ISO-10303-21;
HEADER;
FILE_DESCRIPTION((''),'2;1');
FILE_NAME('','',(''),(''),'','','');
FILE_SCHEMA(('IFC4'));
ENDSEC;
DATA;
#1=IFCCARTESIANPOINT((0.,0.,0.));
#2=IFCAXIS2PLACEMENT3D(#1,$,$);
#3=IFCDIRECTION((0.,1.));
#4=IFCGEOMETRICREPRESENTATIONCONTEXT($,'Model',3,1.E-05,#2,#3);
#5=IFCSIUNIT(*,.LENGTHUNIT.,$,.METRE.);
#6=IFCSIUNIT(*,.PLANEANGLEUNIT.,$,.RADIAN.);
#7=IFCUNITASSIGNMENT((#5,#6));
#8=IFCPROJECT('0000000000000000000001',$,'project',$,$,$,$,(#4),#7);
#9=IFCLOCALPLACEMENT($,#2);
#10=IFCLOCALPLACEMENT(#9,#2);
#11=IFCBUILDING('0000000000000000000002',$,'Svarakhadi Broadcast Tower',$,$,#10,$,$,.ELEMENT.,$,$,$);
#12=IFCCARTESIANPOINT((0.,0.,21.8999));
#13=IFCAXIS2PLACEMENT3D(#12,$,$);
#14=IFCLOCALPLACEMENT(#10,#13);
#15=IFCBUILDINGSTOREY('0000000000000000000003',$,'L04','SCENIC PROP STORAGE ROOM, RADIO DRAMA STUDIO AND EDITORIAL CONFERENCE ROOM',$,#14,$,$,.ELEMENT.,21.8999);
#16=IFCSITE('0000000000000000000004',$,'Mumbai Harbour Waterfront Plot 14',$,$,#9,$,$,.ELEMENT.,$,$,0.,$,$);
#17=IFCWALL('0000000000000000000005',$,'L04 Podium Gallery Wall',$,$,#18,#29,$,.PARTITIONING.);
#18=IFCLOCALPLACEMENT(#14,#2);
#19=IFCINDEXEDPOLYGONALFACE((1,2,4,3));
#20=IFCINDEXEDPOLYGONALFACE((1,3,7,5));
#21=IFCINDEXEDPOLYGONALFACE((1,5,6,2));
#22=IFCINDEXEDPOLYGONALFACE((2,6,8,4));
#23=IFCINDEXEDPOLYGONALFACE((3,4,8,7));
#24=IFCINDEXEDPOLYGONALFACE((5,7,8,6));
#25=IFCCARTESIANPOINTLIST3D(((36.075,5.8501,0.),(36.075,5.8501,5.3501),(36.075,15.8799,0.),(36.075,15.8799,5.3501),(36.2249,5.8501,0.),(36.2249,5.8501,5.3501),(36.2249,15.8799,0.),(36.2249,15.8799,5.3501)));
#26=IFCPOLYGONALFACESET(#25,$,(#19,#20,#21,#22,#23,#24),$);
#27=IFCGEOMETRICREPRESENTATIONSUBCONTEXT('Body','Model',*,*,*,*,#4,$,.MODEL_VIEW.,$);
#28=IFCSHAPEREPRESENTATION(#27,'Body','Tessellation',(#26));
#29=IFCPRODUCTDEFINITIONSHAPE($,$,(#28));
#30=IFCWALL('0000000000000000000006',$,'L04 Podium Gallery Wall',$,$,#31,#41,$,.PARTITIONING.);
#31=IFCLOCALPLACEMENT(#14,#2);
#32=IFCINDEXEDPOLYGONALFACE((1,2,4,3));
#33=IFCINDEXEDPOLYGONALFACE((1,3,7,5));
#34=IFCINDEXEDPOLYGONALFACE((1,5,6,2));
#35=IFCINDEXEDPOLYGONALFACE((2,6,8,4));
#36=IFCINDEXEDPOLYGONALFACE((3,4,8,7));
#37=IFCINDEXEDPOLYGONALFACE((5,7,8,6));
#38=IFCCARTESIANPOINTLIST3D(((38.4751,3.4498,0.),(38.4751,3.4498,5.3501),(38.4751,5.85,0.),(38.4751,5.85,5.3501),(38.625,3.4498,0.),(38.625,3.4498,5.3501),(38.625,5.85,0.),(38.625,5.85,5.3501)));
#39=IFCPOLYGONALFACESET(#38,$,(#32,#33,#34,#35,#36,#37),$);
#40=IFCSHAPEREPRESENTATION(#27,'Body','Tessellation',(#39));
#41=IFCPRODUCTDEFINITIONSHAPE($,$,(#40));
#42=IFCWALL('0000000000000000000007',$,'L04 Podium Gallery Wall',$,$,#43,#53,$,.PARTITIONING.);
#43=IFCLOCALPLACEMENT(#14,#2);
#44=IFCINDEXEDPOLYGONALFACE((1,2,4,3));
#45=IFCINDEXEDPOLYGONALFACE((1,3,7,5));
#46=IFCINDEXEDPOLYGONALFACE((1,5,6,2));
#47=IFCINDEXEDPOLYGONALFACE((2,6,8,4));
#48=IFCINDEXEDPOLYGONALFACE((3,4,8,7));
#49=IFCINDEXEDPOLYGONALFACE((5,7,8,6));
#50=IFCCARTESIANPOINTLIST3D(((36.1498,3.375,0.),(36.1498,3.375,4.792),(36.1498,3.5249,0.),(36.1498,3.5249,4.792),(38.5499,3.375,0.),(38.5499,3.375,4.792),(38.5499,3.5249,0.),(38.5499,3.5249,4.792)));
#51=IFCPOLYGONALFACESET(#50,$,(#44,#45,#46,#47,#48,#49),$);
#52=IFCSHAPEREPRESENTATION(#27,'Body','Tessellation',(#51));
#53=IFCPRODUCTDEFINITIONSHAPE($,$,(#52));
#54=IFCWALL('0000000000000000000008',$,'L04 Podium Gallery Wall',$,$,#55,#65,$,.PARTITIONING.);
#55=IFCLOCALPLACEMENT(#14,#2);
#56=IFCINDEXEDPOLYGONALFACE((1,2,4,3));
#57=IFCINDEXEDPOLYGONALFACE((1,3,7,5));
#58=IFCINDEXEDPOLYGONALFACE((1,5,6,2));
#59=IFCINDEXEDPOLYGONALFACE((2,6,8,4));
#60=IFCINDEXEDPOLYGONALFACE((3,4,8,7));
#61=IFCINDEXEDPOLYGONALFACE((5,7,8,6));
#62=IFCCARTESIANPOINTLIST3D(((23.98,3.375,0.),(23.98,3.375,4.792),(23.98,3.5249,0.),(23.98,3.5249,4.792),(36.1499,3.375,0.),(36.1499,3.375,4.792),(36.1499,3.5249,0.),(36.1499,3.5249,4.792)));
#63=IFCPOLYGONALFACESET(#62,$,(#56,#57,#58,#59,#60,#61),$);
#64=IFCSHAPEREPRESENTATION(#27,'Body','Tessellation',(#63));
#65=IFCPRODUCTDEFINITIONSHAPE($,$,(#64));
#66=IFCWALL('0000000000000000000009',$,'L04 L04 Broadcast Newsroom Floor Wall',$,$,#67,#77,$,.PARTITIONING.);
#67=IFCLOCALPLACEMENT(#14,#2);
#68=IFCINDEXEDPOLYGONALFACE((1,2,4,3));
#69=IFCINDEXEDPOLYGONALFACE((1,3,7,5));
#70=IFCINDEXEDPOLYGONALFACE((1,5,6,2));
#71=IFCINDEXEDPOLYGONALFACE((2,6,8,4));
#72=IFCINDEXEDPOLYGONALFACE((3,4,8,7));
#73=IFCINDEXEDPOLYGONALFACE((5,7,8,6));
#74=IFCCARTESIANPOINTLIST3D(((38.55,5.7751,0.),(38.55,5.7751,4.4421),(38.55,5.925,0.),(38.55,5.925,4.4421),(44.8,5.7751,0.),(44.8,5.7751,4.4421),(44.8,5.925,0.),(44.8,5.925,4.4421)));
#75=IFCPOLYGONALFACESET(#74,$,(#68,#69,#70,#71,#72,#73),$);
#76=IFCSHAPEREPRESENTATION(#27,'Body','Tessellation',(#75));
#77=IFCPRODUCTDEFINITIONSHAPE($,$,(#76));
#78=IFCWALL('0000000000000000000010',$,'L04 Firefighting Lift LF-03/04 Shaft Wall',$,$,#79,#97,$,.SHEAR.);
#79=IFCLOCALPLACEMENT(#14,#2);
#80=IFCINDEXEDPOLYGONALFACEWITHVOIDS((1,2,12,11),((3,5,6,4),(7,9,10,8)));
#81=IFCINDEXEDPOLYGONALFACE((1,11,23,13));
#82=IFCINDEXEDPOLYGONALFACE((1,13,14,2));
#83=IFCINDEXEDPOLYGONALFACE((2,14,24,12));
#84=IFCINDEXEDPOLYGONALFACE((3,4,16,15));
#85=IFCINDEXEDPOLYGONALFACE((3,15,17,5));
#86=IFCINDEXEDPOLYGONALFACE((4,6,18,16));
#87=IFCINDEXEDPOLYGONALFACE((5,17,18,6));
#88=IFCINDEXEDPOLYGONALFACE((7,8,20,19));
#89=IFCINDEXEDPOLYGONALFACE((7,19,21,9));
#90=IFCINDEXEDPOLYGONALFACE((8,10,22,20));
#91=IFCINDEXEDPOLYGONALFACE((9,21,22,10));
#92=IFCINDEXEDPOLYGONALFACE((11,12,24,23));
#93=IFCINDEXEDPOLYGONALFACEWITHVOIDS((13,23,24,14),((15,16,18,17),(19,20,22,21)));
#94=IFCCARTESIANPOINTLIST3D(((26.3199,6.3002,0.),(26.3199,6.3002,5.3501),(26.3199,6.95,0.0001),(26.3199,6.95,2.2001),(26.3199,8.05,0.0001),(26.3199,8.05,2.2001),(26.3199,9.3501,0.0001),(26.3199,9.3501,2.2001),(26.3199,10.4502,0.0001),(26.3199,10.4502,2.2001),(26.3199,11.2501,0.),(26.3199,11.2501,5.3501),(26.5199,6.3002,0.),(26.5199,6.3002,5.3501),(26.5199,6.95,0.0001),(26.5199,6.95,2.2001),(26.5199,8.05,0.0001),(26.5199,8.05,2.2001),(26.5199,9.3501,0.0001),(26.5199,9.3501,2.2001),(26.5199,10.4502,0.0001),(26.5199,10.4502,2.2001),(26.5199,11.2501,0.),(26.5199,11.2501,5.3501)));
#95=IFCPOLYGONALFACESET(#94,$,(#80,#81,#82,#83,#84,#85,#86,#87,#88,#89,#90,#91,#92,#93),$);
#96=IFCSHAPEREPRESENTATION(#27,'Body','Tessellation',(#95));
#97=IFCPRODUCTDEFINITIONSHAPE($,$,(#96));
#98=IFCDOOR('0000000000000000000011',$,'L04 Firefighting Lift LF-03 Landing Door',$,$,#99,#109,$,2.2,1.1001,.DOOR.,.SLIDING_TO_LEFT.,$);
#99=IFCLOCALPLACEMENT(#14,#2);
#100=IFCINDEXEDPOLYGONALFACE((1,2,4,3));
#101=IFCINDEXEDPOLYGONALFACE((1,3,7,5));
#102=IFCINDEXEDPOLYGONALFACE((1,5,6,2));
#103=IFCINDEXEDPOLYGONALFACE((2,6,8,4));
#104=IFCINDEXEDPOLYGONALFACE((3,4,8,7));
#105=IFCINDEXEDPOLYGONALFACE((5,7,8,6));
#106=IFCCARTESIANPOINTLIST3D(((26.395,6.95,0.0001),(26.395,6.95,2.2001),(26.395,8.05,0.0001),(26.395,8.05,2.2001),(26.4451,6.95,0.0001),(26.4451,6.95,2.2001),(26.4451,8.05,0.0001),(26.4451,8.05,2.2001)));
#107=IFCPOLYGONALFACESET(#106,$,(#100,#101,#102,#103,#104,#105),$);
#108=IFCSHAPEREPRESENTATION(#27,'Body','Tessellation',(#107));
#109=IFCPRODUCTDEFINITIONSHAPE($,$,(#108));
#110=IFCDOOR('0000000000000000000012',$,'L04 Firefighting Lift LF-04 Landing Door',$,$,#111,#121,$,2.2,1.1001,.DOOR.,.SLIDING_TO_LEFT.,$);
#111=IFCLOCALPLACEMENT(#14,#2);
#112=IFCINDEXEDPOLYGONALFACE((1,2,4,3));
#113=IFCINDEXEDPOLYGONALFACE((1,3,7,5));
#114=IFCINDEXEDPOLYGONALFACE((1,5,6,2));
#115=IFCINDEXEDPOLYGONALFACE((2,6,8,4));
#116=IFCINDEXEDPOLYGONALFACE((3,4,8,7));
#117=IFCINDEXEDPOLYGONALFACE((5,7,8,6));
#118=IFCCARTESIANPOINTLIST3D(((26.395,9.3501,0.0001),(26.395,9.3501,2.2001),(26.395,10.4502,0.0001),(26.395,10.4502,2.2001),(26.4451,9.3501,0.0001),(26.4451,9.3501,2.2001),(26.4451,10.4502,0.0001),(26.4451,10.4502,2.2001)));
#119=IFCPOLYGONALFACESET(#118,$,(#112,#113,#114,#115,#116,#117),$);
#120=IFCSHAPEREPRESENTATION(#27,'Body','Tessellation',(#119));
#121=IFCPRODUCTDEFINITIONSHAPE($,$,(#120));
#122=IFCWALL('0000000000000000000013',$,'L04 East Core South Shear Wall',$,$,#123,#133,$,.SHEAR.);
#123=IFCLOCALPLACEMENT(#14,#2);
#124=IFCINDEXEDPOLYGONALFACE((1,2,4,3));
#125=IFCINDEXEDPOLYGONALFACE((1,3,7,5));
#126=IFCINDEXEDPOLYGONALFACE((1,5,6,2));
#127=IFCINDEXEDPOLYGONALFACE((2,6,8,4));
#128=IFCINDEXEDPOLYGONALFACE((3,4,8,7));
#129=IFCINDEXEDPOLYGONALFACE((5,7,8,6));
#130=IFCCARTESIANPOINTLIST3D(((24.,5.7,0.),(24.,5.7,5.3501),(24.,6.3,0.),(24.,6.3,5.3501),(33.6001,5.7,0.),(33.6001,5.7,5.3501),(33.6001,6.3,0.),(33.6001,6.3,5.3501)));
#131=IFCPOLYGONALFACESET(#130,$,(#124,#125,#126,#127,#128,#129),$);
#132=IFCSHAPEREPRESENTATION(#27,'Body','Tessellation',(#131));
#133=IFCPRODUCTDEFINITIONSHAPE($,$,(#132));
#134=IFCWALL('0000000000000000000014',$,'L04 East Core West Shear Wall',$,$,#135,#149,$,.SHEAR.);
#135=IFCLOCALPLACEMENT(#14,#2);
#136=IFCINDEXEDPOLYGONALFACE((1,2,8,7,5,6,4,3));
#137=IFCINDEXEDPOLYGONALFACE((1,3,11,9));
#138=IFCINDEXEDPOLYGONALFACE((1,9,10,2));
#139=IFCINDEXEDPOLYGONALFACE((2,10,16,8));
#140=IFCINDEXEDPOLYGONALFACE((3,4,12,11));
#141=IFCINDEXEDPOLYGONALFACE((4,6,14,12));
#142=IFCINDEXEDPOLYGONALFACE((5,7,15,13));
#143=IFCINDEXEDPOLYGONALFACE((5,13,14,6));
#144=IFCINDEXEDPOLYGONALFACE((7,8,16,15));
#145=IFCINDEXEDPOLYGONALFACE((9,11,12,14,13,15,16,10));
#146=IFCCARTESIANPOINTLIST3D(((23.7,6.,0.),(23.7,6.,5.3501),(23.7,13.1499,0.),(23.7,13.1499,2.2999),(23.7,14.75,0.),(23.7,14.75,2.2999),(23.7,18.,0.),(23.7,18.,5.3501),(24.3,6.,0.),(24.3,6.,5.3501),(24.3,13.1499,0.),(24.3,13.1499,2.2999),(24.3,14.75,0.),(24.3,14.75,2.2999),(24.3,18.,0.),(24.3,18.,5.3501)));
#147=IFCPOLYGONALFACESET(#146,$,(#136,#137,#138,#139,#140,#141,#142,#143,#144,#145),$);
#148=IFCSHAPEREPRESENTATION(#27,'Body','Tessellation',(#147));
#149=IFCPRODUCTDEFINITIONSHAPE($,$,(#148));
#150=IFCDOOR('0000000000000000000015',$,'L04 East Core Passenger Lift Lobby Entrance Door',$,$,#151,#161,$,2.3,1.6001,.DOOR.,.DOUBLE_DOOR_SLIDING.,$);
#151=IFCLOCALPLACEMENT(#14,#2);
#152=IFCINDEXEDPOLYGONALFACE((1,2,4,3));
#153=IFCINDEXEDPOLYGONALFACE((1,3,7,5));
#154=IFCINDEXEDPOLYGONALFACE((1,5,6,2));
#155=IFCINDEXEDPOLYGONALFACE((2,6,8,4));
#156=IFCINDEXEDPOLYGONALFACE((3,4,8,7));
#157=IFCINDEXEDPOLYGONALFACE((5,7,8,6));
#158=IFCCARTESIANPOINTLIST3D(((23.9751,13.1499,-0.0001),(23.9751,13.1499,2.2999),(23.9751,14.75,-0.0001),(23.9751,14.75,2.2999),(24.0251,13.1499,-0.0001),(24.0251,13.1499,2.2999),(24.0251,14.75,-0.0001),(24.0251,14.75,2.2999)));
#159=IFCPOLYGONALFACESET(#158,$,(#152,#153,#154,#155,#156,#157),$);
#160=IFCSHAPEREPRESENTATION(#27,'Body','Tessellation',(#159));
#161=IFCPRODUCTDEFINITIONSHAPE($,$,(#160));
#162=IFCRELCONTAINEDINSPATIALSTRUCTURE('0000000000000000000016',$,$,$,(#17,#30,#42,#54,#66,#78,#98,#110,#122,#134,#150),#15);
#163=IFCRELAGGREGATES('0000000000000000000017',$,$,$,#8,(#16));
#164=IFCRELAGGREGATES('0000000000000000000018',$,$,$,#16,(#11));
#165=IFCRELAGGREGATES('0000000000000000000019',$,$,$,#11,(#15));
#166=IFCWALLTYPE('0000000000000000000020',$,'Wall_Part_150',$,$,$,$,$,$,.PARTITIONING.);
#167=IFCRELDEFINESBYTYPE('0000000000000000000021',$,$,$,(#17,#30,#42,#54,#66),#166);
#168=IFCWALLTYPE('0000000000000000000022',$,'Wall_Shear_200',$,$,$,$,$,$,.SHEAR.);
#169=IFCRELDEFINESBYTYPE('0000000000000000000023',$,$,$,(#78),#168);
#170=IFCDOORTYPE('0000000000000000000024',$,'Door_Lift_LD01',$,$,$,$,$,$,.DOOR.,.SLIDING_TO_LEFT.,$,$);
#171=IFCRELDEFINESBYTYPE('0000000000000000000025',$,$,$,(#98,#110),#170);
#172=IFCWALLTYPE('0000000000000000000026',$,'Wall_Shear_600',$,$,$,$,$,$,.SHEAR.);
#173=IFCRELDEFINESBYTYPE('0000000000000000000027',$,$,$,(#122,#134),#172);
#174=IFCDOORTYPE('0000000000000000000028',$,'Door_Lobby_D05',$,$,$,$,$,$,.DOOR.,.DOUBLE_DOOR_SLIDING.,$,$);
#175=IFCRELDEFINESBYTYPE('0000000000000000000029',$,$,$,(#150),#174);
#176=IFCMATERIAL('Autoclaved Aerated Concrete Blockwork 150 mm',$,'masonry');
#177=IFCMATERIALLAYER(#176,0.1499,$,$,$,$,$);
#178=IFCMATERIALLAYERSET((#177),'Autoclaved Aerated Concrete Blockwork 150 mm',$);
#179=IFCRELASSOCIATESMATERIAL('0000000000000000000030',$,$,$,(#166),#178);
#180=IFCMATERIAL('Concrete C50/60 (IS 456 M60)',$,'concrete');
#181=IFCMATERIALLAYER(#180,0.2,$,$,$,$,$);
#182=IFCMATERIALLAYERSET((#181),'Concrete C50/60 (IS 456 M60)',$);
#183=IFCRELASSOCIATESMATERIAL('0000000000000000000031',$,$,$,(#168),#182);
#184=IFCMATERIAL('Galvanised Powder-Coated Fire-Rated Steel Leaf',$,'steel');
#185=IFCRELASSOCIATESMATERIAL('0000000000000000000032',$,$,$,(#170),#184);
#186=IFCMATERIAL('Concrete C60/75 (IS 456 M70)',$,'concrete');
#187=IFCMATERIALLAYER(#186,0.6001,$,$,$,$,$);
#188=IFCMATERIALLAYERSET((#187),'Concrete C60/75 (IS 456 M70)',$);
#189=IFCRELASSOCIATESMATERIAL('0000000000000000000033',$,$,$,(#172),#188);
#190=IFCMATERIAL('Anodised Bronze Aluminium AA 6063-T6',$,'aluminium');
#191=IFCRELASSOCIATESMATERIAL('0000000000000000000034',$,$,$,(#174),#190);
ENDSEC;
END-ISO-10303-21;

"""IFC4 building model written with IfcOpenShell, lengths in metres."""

from ifc_helpers import new_model, si_unit, direction, frame, frame_2d, origin, place, context, subcontext, project, spatial, rectangle, extrude, material, layer, layer_set, type_object, element, fill, save


model = new_model("IFC4")

# Units and contexts
model_context = context("Model", 3, precision=1e-05, world=origin(), true_north=direction((0.0, 1.0)))
body_context = subcontext(model_context, "Body", "Model", "MODEL_VIEW")
ifc_project = project(units=[si_unit("LENGTHUNIT", "METRE"), si_unit("PLANEANGLEUNIT", "RADIAN")], contexts=[model_context])

# Site, building, storey
site_placement = place(None, origin())
site = spatial("IfcSite", under=ifc_project, at=site_placement, Name="Mumbai Harbour Waterfront Plot 14", CompositionType="ELEMENT", RefElevation=0.0)
building_placement = place(site_placement, origin())
building = spatial("IfcBuilding", under=site, at=building_placement, Name="Svarakhadi Broadcast Tower", CompositionType="ELEMENT")
storey_placement = place(building_placement, frame((0.0, 0.0, 21.8999)))
storey = spatial("IfcBuildingStorey", under=building, at=storey_placement, Name="L04", Description="SCENIC PROP STORAGE ROOM, RADIO DRAMA STUDIO AND EDITORIAL CONFERENCE ROOM", CompositionType="ELEMENT", Elevation=21.8999)

# Shared definitions
ifc_material_1 = material(Name="Concrete C60/75 (IS 456 M70)", Category="concrete")

# Shared definitions
ifc_material_2 = material(Name="Anodised Bronze Aluminium AA 6063-T6", Category="aluminium")

# Walls
ifc_material_3 = material(Name="Autoclaved Aerated Concrete Blockwork 150 mm", Category="masonry")
ifc_layer_1 = layer(ifc_material_3, 0.1499)
ifc_layer_set_1 = layer_set([ifc_layer_1], Name="Autoclaved Aerated Concrete Blockwork 150 mm")
wall_type_1 = type_object("IfcWallType", Name="Wall_Part_150", PredefinedType="PARTITIONING", material=ifc_layer_set_1)
wall_1_placement = place(storey_placement, frame((36.1499, 5.8501, 0.0), z_axis=(0.0, 0.0, 1.0), x_axis=(0.0, 1.0, 0.0)))
element("IfcWall", 1, at=wall_1_placement, inside=storey, type_object=wall_type_1, Name="L04 Podium Gallery Wall", PredefinedType="PARTITIONING", context=body_context, shape_type="SweptSolid", body=[
    extrude(rectangle(XDim=10.0298, YDim=0.1499, at=frame_2d((5.0149, 0.0))), origin(), (0.0, 0.0, 1.0), 5.3501),
])
wall_2_placement = place(storey_placement, frame((38.55, 5.8501, 0.0), z_axis=(0.0, 0.0, 1.0), x_axis=(0.0, -1.0, 0.0)))
element("IfcWall", 2, at=wall_2_placement, inside=storey, type_object=wall_type_1, Name="L04 Podium Gallery Wall", PredefinedType="PARTITIONING", context=body_context, shape_type="SweptSolid", body=[
    extrude(rectangle(XDim=2.4001, YDim=0.1499, at=frame_2d((1.2002, 0.0))), origin(), (0.0, 0.0, 1.0), 5.3501),
])
wall_3_placement = place(storey_placement, frame((38.55, 3.45, 0.0), z_axis=(0.0, 0.0, 1.0), x_axis=(-1.0, 0.0, 0.0)))
element("IfcWall", 3, at=wall_3_placement, inside=storey, type_object=wall_type_1, Name="L04 Podium Gallery Wall", PredefinedType="PARTITIONING", context=body_context, shape_type="SweptSolid", body=[
    extrude(rectangle(XDim=2.4001, YDim=0.1499, at=frame_2d((1.2002, 0.0))), origin(), (0.0, 0.0, 1.0), 4.792),
])
wall_4_placement = place(storey_placement, frame((36.1499, 3.45, 0.0), z_axis=(0.0, 0.0, 1.0), x_axis=(-1.0, 0.0, 0.0)))
element("IfcWall", 4, at=wall_4_placement, inside=storey, type_object=wall_type_1, Name="L04 Podium Gallery Wall", PredefinedType="PARTITIONING", context=body_context, shape_type="SweptSolid", body=[
    extrude(rectangle(XDim=12.1699, YDim=0.1499, at=frame_2d((6.085, 0.0))), origin(), (0.0, 0.0, 1.0), 4.792),
])
wall_5_placement = place(storey_placement, frame((38.55, 5.8501, 0.0), z_axis=(0.0, 0.0, 1.0), x_axis=(1.0, 0.0, 0.0)))
element("IfcWall", 5, at=wall_5_placement, inside=storey, type_object=wall_type_1, Name="L04 L04 Broadcast Newsroom Floor Wall", PredefinedType="PARTITIONING", context=body_context, shape_type="SweptSolid", body=[
    extrude(rectangle(XDim=6.25, YDim=0.1499, at=frame_2d((3.125, 0.0))), origin(), (0.0, 0.0, 1.0), 4.4421),
])

# Wall, openings, doors
ifc_material_4 = material(Name="Concrete C50/60 (IS 456 M60)", Category="concrete")
ifc_layer_2 = layer(ifc_material_4, 0.2)
ifc_layer_set_2 = layer_set([ifc_layer_2], Name="Concrete C50/60 (IS 456 M60)")
wall_type_2 = type_object("IfcWallType", Name="Wall_Shear_200", PredefinedType="SHEAR", material=ifc_layer_set_2)
wall_6_placement = place(storey_placement, frame((26.4199, 6.3, 0.0), z_axis=(0.0, 0.0, 1.0), x_axis=(0.0, 1.0, 0.0)))
wall_6 = element("IfcWall", 6, at=wall_6_placement, inside=storey, type_object=wall_type_2, Name="L04 Firefighting Lift LF-03/04 Shaft Wall", PredefinedType="SHEAR", context=body_context, shape_type="SweptSolid", body=[
    extrude(rectangle(XDim=4.95, YDim=0.2, at=frame_2d((2.4751, 0.0))), origin(), (0.0, 0.0, 1.0), 5.3501),
])
opening_1_placement = place(wall_6_placement, frame((0.6499, 0.0, 0.0)))
opening_1 = element("IfcOpeningElement", 7, at=opening_1_placement, cuts=wall_6, PredefinedType="OPENING", context=body_context, shape_type="SweptSolid", body=[
    extrude(rectangle(XDim=1.1001, YDim=2.2, at=frame_2d((0.55, 1.1001))), frame((0.0, 0.1099, 0.0), z_axis=(0.0, -1.0, 0.0), x_axis=(1.0, 0.0, 0.0)), (0.0, 0.0, 1.0), 0.22),
])
opening_2_placement = place(wall_6_placement, frame((3.05, 0.0, 0.0)))
opening_2 = element("IfcOpeningElement", 8, at=opening_2_placement, cuts=wall_6, PredefinedType="OPENING", context=body_context, shape_type="SweptSolid", body=[
    extrude(rectangle(XDim=1.1001, YDim=2.2, at=frame_2d((0.55, 1.1001))), frame((0.0, 0.1099, 0.0), z_axis=(0.0, -1.0, 0.0), x_axis=(1.0, 0.0, 0.0)), (0.0, 0.0, 1.0), 0.22),
])
ifc_material_5 = material(Name="Galvanised Powder-Coated Fire-Rated Steel Leaf", Category="steel")
door_type_1 = type_object("IfcDoorType", Name="Door_Lift_LD01", OperationType="SLIDING_TO_LEFT", PredefinedType="DOOR", material=ifc_material_5)
door_1_placement = place(opening_1_placement, origin())
door_1 = element("IfcDoor", 9, at=door_1_placement, inside=storey, type_object=door_type_1, Name="L04 Firefighting Lift LF-03 Landing Door", OperationType="SLIDING_TO_LEFT", OverallHeight=2.2, OverallWidth=1.1001, PredefinedType="DOOR", context=body_context, shape_type="SweptSolid", body=[
    extrude(rectangle(XDim=1.1001, YDim=2.2, at=frame_2d((0.55, 1.1001))), frame((0.0, 0.0249, 0.0), z_axis=(0.0, -1.0, 0.0), x_axis=(1.0, 0.0, 0.0)), (0.0, 0.0, 1.0), 0.05),
])
fill(opening_1, door_1)
door_2_placement = place(opening_2_placement, origin())
door_2 = element("IfcDoor", 10, at=door_2_placement, inside=storey, type_object=door_type_1, Name="L04 Firefighting Lift LF-04 Landing Door", OperationType="SLIDING_TO_LEFT", OverallHeight=2.2, OverallWidth=1.1001, PredefinedType="DOOR", context=body_context, shape_type="SweptSolid", body=[
    extrude(rectangle(XDim=1.1001, YDim=2.2, at=frame_2d((0.55, 1.1001))), frame((0.0, 0.0249, 0.0), z_axis=(0.0, -1.0, 0.0), x_axis=(1.0, 0.0, 0.0)), (0.0, 0.0, 1.0), 0.05),
])
fill(opening_2, door_2)

# Wall
ifc_layer_3 = layer(ifc_material_1, 0.6001)
ifc_layer_set_3 = layer_set([ifc_layer_3], Name="Concrete C60/75 (IS 456 M70)")
wall_type_3 = type_object("IfcWallType", Name="Wall_Shear_600", PredefinedType="SHEAR", material=ifc_layer_set_3)
wall_7_placement = place(storey_placement, frame((24.0, 6.0, 0.0), z_axis=(0.0, 0.0, 1.0), x_axis=(1.0, 0.0, 0.0)))
element("IfcWall", 11, at=wall_7_placement, inside=storey, type_object=wall_type_3, Name="L04 East Core South Shear Wall", PredefinedType="SHEAR", context=body_context, shape_type="SweptSolid", body=[
    extrude(rectangle(XDim=9.6001, YDim=0.6001, at=frame_2d((4.8, 0.0))), origin(), (0.0, 0.0, 1.0), 5.3501),
])

# Wall, opening, door
wall_8_placement = place(storey_placement, frame((24.0, 6.0, 0.0), z_axis=(0.0, 0.0, 1.0), x_axis=(0.0, 1.0, 0.0)))
wall_8 = element("IfcWall", 12, at=wall_8_placement, inside=storey, type_object=wall_type_3, Name="L04 East Core West Shear Wall", PredefinedType="SHEAR", context=body_context, shape_type="SweptSolid", body=[
    extrude(rectangle(XDim=12.0, YDim=0.6001, at=frame_2d((6.0, 0.0))), origin(), (0.0, 0.0, 1.0), 5.3501),
])
opening_3_placement = place(wall_8_placement, frame((7.1499, 0.0, 0.0)))
opening_3 = element("IfcOpeningElement", 13, at=opening_3_placement, cuts=wall_8, PredefinedType="OPENING", context=body_context, shape_type="SweptSolid", body=[
    extrude(rectangle(XDim=1.6001, YDim=2.3, at=frame_2d((0.8, 1.1499))), frame((0.0, 0.3101, 0.0), z_axis=(0.0, -1.0, 0.0), x_axis=(1.0, 0.0, 0.0)), (0.0, 0.0, 1.0), 0.6201),
])
door_type_2 = type_object("IfcDoorType", Name="Door_Lobby_D05", OperationType="DOUBLE_DOOR_SLIDING", PredefinedType="DOOR", material=ifc_material_2)
door_3_placement = place(opening_3_placement, origin())
door_3 = element("IfcDoor", 14, at=door_3_placement, inside=storey, type_object=door_type_2, Name="L04 East Core Passenger Lift Lobby Entrance Door", OperationType="DOUBLE_DOOR_SLIDING", OverallHeight=2.3, OverallWidth=1.6001, PredefinedType="DOOR", context=body_context, shape_type="SweptSolid", body=[
    extrude(rectangle(XDim=1.6001, YDim=2.3, at=frame_2d((0.8, 1.1499))), frame((0.0, 0.0249, 0.0), z_axis=(0.0, -1.0, 0.0), x_axis=(1.0, 0.0, 0.0)), (0.0, 0.0, 1.0), 0.05),
])
fill(opening_3, door_3)

save(model, "model.ifc")
